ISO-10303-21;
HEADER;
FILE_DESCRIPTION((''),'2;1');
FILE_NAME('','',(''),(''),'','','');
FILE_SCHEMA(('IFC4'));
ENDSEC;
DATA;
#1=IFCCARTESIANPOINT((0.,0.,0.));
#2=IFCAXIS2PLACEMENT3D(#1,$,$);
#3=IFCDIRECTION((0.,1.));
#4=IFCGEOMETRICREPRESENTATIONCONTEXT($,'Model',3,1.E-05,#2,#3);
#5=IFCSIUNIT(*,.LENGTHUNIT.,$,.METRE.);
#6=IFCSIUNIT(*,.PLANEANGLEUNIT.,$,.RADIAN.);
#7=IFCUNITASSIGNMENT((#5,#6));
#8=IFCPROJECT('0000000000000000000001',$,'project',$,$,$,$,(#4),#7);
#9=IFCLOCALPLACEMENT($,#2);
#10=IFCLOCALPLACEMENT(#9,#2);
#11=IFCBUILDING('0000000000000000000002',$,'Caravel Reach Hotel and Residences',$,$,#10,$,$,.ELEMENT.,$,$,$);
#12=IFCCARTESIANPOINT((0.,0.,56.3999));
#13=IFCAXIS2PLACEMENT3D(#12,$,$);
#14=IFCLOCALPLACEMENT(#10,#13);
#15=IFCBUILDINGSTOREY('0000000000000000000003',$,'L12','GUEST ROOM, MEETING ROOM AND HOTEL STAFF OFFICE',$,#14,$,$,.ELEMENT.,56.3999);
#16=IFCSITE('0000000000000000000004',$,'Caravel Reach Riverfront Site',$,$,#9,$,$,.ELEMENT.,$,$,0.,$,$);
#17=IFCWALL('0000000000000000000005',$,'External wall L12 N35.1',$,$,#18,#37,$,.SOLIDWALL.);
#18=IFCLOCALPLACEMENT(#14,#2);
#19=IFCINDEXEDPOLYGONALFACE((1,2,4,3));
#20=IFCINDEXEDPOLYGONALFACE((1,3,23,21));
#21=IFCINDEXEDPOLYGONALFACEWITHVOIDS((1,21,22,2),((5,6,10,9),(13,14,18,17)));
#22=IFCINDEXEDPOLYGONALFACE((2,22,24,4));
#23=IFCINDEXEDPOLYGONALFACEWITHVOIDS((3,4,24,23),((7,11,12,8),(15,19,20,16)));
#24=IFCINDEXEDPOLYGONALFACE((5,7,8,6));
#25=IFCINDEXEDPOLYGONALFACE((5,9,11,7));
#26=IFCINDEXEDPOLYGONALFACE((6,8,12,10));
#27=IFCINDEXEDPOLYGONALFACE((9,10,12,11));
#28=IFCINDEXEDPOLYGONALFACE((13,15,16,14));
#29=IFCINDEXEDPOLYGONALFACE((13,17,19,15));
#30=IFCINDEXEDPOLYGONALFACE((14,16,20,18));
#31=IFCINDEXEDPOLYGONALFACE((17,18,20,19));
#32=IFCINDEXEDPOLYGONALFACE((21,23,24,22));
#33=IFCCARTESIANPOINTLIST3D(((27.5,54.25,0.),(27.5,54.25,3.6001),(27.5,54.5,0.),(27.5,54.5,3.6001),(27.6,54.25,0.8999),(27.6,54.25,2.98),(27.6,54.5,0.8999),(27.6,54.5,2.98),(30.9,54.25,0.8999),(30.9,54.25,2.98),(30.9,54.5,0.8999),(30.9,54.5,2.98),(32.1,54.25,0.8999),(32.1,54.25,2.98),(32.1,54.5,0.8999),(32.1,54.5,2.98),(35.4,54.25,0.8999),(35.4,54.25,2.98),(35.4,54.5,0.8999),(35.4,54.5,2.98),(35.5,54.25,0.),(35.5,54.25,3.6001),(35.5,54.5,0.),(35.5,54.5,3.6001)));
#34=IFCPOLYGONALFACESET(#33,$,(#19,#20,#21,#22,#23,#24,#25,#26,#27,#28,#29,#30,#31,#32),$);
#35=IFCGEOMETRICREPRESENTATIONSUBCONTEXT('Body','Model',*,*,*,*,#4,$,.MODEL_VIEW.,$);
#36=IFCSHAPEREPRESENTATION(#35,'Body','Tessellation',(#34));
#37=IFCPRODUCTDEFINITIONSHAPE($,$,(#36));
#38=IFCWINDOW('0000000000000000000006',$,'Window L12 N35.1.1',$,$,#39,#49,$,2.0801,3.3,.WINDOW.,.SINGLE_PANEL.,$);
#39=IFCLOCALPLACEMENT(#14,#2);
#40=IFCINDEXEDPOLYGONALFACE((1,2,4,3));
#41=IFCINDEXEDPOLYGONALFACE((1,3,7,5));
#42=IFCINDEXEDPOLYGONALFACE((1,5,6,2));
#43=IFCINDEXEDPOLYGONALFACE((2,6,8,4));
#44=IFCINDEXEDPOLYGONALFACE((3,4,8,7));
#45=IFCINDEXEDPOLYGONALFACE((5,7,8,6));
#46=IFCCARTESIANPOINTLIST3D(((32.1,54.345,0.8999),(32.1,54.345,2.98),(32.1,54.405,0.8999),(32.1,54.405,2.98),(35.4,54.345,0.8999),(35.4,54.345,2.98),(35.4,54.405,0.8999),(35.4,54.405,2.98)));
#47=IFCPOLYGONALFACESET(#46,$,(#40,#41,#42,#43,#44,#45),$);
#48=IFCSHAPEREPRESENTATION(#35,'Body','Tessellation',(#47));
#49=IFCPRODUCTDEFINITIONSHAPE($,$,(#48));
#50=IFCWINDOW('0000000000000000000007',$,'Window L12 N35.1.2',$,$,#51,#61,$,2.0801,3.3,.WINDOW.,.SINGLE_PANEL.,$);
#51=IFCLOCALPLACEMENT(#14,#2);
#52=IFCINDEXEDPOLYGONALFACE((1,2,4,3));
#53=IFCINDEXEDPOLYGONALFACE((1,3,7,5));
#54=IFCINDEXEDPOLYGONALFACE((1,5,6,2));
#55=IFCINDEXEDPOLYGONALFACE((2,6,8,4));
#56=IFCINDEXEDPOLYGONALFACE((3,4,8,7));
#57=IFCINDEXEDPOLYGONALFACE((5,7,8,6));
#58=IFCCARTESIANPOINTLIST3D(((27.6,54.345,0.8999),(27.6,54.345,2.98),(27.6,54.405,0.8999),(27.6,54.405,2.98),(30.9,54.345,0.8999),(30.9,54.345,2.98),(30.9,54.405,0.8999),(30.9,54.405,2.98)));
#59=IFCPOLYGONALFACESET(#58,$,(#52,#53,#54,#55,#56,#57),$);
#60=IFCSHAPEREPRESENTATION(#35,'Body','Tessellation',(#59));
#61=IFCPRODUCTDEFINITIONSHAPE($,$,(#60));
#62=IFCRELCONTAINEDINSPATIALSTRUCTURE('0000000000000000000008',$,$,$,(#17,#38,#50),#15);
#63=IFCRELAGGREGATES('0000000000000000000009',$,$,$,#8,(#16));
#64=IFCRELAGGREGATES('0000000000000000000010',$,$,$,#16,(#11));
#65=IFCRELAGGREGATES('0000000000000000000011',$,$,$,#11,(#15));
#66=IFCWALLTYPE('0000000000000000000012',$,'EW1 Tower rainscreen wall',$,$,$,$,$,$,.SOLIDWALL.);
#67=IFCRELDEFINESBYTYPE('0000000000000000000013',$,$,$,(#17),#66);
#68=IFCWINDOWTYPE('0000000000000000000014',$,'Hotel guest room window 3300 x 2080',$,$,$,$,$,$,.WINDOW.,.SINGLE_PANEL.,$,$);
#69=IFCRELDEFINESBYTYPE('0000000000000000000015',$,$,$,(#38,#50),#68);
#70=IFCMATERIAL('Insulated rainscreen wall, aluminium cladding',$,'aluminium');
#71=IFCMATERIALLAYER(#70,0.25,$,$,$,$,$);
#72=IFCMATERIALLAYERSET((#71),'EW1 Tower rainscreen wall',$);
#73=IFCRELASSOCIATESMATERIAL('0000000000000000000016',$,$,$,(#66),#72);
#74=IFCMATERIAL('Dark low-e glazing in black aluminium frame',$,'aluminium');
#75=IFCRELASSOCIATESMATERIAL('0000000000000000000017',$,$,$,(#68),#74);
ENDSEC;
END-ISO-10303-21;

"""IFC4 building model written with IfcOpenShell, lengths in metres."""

from ifc_helpers import new_model, si_unit, direction, frame, frame_2d, origin, place, context, subcontext, project, spatial, rectangle, extrude, material, layer, layer_set, type_object, element, fill, save


model = new_model("IFC4")

# Units and contexts
model_context = context("Model", 3, precision=1e-05, world=origin(), true_north=direction((0.0, 1.0)))
body_context = subcontext(model_context, "Body", "Model", "MODEL_VIEW")
ifc_project = project(units=[si_unit("LENGTHUNIT", "METRE"), si_unit("PLANEANGLEUNIT", "RADIAN")], contexts=[model_context])

# Site, building, storey
site_placement = place(None, origin())
site = spatial("IfcSite", under=ifc_project, at=site_placement, Name="Caravel Reach Riverfront Site", CompositionType="ELEMENT", RefElevation=0.0)
building_placement = place(site_placement, origin())
building = spatial("IfcBuilding", under=site, at=building_placement, Name="Caravel Reach Hotel and Residences", CompositionType="ELEMENT")
storey_placement = place(building_placement, frame((0.0, 0.0, 56.3999)))
storey = spatial("IfcBuildingStorey", under=building, at=storey_placement, Name="L12", Description="GUEST ROOM, MEETING ROOM AND HOTEL STAFF OFFICE", CompositionType="ELEMENT", Elevation=56.3999)

# Shared definitions
ifc_material_1 = material(Name="Insulated rainscreen wall, aluminium cladding", Category="aluminium")
ifc_layer = layer(ifc_material_1, 0.25)
ifc_layer_set = layer_set([ifc_layer], Name="EW1 Tower rainscreen wall")
wall_type = type_object("IfcWallType", Name="EW1 Tower rainscreen wall", PredefinedType="SOLIDWALL", material=ifc_layer_set)

# Wall, openings, windows
wall_1_placement = place(storey_placement, frame((35.5, 54.375, 0.0), z_axis=(0.0, 0.0, 1.0), x_axis=(-1.0, 0.0, 0.0)))
wall_1 = element("IfcWall", 1, at=wall_1_placement, inside=storey, type_object=wall_type, Name="External wall L12 N35.1", PredefinedType="SOLIDWALL", context=body_context, shape_type="SweptSolid", body=[
    extrude(rectangle(XDim=8.0, YDim=0.25, at=frame_2d((4.0, 0.0))), origin(), (0.0, 0.0, 1.0), 3.6001),
])
opening_1_placement = place(wall_1_placement, frame((0.1001, 0.0, 0.8999)))
opening_1 = element("IfcOpeningElement", 2, at=opening_1_placement, cuts=wall_1, PredefinedType="OPENING", context=body_context, shape_type="SweptSolid", body=[
    extrude(rectangle(XDim=3.3, YDim=2.0801, at=frame_2d((1.6499, 1.04))), frame((0.0, 0.135, 0.0), z_axis=(0.0, -1.0, 0.0), x_axis=(1.0, 0.0, 0.0)), (0.0, 0.0, 1.0), 0.27),
])
opening_2_placement = place(wall_1_placement, frame((4.6001, 0.0, 0.8999)))
opening_2 = element("IfcOpeningElement", 3, at=opening_2_placement, cuts=wall_1, PredefinedType="OPENING", context=body_context, shape_type="SweptSolid", body=[
    extrude(rectangle(XDim=3.3, YDim=2.0801, at=frame_2d((1.6499, 1.04))), frame((0.0, 0.135, 0.0), z_axis=(0.0, -1.0, 0.0), x_axis=(1.0, 0.0, 0.0)), (0.0, 0.0, 1.0), 0.27),
])
ifc_material_2 = material(Name="Dark low-e glazing in black aluminium frame", Category="aluminium")
window_type_1 = type_object("IfcWindowType", Name="Hotel guest room window 3300 x 2080", PartitioningType="SINGLE_PANEL", PredefinedType="WINDOW", material=ifc_material_2)
window_1_placement = place(opening_1_placement, origin())
window_1 = element("IfcWindow", 4, at=window_1_placement, inside=storey, type_object=window_type_1, Name="Window L12 N35.1.1", OverallHeight=2.0801, OverallWidth=3.3, PartitioningType="SINGLE_PANEL", PredefinedType="WINDOW", context=body_context, shape_type="SweptSolid", body=[
    extrude(rectangle(XDim=3.3, YDim=2.0801, at=frame_2d((1.6499, 1.04))), frame((0.0, 0.03, 0.0), z_axis=(0.0, -1.0, 0.0), x_axis=(1.0, 0.0, 0.0)), (0.0, 0.0, 1.0), 0.0601),
])
fill(opening_1, window_1)
window_2_placement = place(opening_2_placement, origin())
window_2 = element("IfcWindow", 5, at=window_2_placement, inside=storey, type_object=window_type_1, Name="Window L12 N35.1.2", OverallHeight=2.0801, OverallWidth=3.3, PartitioningType="SINGLE_PANEL", PredefinedType="WINDOW", context=body_context, shape_type="SweptSolid", body=[
    extrude(rectangle(XDim=3.3, YDim=2.0801, at=frame_2d((1.6499, 1.04))), frame((0.0, 0.03, 0.0), z_axis=(0.0, -1.0, 0.0), x_axis=(1.0, 0.0, 0.0)), (0.0, 0.0, 1.0), 0.0601),
])
fill(opening_2, window_2)

save(model, "model.ifc")
